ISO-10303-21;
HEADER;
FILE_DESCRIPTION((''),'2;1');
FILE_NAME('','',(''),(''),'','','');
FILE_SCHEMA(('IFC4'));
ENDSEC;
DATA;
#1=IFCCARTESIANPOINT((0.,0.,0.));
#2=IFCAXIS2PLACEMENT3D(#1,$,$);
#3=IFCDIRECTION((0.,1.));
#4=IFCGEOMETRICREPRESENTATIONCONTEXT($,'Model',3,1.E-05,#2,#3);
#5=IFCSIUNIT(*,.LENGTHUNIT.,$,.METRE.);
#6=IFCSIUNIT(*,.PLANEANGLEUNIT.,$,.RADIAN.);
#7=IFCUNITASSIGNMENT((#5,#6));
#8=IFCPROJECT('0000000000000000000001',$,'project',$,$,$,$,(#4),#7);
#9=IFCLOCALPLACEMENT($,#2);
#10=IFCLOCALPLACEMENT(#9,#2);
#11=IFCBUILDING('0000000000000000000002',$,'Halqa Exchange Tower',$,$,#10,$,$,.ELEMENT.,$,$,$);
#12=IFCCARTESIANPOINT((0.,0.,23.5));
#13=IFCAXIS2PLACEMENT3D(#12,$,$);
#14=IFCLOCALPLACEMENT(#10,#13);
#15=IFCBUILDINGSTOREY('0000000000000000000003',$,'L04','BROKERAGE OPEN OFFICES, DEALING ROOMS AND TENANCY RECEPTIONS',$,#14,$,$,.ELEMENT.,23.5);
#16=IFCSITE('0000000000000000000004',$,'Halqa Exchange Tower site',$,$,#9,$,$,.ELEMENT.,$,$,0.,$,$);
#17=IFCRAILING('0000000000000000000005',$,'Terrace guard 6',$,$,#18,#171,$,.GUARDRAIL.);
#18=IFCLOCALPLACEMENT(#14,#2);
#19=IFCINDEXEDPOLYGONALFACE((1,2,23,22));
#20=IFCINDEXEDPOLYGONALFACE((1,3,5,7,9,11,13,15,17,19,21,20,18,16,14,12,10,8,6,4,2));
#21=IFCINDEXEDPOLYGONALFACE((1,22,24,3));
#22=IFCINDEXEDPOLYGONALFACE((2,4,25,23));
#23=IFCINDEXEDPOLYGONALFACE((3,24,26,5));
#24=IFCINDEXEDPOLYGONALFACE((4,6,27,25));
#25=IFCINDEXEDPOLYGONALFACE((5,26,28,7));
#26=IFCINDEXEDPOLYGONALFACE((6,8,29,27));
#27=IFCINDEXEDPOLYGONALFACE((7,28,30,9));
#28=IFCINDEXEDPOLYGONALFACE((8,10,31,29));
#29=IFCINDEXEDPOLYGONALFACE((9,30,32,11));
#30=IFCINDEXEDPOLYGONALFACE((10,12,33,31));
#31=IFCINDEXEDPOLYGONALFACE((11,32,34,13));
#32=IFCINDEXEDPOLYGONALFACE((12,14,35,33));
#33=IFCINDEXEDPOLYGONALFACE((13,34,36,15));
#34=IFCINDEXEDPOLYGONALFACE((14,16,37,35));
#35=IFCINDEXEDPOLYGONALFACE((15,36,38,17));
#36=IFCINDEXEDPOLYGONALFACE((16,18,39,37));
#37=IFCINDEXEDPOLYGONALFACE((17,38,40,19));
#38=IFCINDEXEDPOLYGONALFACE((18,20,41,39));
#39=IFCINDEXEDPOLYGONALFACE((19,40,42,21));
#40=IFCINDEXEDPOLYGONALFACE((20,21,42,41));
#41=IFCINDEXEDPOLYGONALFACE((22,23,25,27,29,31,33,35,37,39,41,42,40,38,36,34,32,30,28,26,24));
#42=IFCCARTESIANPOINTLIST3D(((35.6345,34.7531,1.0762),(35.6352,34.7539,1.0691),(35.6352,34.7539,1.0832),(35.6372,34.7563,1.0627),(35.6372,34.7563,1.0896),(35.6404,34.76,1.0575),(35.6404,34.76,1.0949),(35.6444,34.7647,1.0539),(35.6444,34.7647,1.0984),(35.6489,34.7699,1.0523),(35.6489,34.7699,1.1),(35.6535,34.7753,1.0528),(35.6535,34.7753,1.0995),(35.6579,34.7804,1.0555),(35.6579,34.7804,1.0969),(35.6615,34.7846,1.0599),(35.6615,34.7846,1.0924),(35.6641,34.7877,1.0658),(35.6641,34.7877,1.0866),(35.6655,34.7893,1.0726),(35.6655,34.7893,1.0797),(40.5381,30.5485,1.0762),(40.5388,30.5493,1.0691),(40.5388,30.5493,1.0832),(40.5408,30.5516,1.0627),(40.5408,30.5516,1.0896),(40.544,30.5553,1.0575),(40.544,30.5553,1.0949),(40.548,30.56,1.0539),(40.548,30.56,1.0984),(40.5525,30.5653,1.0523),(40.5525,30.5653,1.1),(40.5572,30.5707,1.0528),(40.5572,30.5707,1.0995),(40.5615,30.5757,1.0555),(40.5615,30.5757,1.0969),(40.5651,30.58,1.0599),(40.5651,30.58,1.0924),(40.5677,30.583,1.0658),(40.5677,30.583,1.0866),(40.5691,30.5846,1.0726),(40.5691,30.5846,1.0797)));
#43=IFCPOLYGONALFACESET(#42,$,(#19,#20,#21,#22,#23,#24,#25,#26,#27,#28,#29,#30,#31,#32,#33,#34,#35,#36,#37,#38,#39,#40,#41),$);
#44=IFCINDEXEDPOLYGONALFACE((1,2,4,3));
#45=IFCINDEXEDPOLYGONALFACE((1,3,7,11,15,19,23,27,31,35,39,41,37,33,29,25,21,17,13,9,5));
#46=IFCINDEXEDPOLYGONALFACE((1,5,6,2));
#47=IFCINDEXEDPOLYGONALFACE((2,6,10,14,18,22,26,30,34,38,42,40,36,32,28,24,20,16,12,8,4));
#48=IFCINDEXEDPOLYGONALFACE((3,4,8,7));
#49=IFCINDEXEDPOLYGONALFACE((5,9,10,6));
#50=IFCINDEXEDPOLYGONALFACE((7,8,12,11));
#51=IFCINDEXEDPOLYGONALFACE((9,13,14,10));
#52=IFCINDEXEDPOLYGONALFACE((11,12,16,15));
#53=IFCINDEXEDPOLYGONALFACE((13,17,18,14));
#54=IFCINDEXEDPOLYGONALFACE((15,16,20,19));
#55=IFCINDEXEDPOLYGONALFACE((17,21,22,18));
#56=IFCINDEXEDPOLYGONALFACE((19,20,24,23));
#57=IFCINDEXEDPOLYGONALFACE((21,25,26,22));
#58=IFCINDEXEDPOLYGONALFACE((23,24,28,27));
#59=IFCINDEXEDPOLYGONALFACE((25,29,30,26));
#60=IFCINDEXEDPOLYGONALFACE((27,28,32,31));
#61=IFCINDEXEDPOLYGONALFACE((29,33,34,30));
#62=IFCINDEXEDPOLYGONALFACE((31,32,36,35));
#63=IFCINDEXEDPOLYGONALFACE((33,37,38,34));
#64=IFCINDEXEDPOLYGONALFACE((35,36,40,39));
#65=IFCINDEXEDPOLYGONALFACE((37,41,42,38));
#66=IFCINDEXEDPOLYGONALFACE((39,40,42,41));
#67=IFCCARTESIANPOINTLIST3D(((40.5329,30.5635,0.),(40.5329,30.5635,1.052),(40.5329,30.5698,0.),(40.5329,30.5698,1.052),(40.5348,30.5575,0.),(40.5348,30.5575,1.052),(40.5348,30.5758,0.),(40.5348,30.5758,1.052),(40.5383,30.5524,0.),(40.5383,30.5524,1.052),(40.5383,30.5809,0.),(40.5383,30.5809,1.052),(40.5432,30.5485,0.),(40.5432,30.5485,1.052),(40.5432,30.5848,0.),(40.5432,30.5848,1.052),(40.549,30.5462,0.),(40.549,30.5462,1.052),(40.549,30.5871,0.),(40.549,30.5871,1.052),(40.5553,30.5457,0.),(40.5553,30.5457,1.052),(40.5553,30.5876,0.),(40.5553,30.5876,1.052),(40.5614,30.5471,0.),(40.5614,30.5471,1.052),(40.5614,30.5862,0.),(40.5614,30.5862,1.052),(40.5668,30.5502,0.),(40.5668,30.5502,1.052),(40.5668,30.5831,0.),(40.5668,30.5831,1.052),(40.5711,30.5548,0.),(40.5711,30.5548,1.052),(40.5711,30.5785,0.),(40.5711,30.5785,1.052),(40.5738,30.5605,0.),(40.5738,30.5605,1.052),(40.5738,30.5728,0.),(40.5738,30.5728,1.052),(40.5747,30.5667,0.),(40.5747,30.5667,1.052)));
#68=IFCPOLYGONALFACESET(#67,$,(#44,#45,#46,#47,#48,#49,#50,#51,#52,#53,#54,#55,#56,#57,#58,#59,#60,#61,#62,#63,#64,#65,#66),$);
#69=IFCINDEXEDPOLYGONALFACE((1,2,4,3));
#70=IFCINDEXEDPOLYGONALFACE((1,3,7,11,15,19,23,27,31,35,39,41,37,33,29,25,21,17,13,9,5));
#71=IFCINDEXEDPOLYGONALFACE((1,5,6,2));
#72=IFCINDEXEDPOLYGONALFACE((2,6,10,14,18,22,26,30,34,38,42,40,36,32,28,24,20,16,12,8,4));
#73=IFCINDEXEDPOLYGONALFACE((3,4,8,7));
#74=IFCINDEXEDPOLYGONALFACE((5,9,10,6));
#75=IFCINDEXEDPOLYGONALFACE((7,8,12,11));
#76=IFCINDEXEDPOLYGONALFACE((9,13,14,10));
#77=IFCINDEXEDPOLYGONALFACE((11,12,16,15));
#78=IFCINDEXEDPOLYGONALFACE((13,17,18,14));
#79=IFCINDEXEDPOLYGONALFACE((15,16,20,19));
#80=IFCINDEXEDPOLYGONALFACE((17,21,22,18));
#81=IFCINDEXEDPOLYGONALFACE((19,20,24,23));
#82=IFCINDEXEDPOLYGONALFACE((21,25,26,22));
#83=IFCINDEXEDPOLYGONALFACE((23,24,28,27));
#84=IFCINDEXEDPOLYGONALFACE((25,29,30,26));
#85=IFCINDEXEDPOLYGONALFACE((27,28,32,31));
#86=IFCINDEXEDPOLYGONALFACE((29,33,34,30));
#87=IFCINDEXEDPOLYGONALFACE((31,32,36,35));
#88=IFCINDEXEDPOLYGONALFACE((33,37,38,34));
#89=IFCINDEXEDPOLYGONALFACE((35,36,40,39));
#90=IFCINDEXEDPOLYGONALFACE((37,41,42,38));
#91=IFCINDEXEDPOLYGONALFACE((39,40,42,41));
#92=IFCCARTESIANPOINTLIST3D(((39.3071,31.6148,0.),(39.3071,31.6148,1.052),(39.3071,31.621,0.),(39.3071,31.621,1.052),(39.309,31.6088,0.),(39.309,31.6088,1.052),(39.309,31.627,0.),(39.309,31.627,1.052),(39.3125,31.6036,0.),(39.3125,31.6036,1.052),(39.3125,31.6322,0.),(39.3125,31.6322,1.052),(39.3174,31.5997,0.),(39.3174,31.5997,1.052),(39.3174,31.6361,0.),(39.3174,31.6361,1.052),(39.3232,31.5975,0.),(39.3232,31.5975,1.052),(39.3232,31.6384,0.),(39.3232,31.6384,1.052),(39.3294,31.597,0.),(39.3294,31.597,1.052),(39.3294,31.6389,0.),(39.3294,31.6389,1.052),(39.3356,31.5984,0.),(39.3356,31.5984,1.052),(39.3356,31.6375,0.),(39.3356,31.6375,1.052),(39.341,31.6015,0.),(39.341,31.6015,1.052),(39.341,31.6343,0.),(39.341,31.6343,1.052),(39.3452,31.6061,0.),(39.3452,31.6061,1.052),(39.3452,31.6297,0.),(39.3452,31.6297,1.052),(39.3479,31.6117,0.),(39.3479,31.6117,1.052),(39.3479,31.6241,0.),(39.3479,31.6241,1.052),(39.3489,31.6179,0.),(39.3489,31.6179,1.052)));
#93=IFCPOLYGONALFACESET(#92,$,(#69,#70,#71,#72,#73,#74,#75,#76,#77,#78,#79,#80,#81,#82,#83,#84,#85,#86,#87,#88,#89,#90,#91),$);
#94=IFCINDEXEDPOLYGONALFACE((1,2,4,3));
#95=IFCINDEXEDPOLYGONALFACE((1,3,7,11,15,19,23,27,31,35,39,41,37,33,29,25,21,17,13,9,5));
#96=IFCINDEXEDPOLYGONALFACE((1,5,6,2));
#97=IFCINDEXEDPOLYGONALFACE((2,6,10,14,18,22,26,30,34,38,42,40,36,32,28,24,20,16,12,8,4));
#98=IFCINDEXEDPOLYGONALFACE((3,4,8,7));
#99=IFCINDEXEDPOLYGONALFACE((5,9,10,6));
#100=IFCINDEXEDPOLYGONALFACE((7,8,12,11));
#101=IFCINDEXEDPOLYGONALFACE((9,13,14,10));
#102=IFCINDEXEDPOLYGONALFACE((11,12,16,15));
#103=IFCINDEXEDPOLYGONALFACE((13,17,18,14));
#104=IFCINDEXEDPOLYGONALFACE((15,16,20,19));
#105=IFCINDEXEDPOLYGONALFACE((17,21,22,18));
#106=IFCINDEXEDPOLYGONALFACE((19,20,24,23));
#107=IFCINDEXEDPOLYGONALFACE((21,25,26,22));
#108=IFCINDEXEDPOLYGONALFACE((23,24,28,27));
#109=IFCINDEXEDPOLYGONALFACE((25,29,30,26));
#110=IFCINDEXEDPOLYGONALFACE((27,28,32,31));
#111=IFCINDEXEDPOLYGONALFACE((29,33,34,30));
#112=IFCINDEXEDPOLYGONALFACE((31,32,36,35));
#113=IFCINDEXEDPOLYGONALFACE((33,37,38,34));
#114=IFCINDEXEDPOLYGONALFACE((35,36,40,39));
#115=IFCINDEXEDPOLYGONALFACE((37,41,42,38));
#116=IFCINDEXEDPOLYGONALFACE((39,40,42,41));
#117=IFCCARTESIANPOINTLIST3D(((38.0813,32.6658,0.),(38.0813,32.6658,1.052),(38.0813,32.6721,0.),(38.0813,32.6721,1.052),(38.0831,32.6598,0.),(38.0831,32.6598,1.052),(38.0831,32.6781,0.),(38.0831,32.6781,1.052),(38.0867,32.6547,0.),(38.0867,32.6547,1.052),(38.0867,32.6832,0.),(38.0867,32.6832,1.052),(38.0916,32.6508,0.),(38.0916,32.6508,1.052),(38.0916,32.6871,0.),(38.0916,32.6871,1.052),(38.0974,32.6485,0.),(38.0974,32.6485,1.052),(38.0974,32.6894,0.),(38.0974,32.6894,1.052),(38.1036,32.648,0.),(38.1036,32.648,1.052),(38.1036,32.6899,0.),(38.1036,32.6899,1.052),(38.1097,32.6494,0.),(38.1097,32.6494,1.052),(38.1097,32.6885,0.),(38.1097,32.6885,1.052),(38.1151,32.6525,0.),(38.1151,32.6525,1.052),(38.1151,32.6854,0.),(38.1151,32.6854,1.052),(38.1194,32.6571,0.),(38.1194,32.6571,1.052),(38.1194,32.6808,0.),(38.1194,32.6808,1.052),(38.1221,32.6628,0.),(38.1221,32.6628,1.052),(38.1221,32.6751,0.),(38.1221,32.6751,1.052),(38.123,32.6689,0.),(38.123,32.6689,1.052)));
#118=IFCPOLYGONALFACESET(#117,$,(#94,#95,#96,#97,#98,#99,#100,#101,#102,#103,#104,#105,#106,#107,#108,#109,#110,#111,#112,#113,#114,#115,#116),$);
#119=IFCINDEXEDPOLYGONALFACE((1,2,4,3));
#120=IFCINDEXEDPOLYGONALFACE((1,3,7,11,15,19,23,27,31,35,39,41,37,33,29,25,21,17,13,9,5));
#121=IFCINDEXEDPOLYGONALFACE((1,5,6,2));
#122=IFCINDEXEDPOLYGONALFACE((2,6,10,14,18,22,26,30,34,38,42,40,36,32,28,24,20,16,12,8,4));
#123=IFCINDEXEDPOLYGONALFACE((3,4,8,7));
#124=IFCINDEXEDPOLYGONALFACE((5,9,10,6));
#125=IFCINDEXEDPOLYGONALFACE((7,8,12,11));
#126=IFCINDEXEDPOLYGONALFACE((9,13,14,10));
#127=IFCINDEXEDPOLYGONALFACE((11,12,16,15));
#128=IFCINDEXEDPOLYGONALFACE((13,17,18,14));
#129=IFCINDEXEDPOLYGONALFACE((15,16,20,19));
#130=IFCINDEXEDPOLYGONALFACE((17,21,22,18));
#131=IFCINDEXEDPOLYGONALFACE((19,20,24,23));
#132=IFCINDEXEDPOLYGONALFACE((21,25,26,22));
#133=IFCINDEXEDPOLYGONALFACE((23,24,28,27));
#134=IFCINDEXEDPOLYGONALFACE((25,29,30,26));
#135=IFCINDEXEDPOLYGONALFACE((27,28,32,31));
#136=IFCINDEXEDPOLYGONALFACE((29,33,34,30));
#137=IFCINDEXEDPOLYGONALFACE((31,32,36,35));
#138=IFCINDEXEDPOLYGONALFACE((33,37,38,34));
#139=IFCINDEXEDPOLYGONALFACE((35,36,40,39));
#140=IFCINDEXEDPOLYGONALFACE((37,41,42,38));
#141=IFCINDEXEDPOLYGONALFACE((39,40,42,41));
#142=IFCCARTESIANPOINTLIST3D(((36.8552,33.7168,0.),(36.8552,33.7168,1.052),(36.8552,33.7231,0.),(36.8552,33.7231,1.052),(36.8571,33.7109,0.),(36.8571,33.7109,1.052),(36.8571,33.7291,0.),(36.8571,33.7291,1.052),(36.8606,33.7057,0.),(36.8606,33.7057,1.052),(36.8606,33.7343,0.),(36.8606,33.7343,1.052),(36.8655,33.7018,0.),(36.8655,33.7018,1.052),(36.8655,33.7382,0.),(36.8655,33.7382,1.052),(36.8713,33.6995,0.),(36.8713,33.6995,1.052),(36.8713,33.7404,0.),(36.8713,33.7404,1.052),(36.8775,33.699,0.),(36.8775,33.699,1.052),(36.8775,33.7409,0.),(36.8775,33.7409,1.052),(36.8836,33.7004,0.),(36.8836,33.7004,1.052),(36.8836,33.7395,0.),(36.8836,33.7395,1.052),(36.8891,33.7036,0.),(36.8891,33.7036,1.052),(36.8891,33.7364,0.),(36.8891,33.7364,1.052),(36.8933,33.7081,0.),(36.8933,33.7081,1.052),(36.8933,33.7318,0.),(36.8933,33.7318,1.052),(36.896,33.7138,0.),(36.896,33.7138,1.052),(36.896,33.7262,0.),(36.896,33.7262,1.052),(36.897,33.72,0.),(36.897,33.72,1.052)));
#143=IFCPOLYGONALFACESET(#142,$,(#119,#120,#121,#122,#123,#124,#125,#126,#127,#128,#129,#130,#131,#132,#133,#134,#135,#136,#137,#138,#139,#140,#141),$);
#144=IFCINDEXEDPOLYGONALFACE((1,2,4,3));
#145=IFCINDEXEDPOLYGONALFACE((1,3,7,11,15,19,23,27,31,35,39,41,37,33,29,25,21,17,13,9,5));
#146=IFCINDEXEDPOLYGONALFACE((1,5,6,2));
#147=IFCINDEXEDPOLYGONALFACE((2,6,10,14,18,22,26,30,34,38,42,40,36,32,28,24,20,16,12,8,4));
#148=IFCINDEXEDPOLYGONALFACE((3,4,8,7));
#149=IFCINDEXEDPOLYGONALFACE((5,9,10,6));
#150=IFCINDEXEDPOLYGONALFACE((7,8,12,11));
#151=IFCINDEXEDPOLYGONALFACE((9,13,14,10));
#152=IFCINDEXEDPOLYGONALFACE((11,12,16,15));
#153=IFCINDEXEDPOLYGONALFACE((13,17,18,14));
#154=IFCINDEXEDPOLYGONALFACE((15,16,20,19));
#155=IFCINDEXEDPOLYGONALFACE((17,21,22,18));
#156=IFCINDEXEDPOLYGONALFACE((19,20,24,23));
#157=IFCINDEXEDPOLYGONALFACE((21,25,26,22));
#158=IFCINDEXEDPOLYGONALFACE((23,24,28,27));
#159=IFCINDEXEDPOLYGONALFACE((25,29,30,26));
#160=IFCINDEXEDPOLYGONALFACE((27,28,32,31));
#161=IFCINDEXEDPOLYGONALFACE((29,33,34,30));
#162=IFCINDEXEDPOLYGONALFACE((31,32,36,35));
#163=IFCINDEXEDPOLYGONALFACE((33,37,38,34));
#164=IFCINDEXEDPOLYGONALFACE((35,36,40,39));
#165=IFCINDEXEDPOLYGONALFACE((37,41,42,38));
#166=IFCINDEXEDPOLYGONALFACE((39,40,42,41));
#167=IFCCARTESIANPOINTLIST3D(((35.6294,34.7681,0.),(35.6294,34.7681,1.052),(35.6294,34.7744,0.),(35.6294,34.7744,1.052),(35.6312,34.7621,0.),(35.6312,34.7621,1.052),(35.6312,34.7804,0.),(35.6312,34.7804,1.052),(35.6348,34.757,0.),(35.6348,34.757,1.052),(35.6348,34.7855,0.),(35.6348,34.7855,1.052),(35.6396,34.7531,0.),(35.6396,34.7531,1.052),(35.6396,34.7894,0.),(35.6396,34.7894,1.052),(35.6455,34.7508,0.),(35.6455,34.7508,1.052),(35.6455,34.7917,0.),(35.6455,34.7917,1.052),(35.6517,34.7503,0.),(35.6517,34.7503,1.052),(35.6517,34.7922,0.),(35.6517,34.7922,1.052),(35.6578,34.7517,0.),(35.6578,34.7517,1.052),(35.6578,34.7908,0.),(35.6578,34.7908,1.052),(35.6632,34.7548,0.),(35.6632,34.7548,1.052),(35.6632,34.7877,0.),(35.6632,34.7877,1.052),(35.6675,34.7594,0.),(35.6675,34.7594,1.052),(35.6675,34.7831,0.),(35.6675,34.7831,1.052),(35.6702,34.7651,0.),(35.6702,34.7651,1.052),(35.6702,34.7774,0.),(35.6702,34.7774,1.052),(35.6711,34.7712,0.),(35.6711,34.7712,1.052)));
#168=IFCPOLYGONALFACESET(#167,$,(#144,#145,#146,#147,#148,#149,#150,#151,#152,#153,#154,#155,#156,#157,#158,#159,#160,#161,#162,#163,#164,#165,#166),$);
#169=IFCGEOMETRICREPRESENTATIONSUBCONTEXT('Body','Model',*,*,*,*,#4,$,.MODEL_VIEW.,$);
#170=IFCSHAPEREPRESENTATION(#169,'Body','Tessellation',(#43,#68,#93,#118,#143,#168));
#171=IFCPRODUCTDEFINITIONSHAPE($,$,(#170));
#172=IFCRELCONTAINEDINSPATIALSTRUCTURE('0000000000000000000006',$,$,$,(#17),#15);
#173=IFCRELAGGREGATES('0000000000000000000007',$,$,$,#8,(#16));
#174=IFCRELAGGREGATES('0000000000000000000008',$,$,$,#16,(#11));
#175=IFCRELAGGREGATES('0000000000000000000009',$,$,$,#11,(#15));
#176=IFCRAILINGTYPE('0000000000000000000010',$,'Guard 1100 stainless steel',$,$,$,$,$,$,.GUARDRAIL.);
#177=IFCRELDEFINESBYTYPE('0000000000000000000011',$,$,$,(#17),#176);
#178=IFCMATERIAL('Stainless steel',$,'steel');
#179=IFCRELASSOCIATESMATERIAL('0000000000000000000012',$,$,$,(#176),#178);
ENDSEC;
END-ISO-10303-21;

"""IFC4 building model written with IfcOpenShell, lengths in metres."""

from ifc_helpers import new_model, si_unit, direction, frame, origin, origin_2d, place, context, subcontext, project, spatial, circle, extrude, material, type_object, element, save


model = new_model("IFC4")

# Units and contexts
model_context = context("Model", 3, precision=1e-05, world=origin(), true_north=direction((0.0, 1.0)))
body_context = subcontext(model_context, "Body", "Model", "MODEL_VIEW")
ifc_project = project(units=[si_unit("LENGTHUNIT", "METRE"), si_unit("PLANEANGLEUNIT", "RADIAN")], contexts=[model_context])

# Site, building, storey
site_placement = place(None, origin())
site = spatial("IfcSite", under=ifc_project, at=site_placement, Name="Halqa Exchange Tower site", CompositionType="ELEMENT", RefElevation=0.0)
building_placement = place(site_placement, origin())
building = spatial("IfcBuilding", under=site, at=building_placement, Name="Halqa Exchange Tower", CompositionType="ELEMENT")
storey_placement = place(building_placement, frame((0.0, 0.0, 23.5)))
storey = spatial("IfcBuildingStorey", under=building, at=storey_placement, Name="L04", Description="BROKERAGE OPEN OFFICES, DEALING ROOMS AND TENANCY RECEPTIONS", CompositionType="ELEMENT", Elevation=23.5)

# Railing
ifc_material_1 = material(Name="Stainless steel", Category="steel")
railing_type = type_object("IfcRailingType", Name="Guard 1100 stainless steel", PredefinedType="GUARDRAIL", material=ifc_material_1)
railing_1_placement = place(storey_placement, frame((40.5537, 30.5667, 0.0)))
element("IfcRailing", 1, at=railing_1_placement, inside=storey, type_object=railing_type, Name="Terrace guard 6", PredefinedType="GUARDRAIL", context=body_context, shape_type="SweptSolid", body=[
    extrude(circle(Radius=0.0239, at=origin_2d()), frame((0.0, 0.0, 1.0762), z_axis=(-0.759139, 0.650928, 0.0), x_axis=(-0.650928, -0.759139, 0.0)), (0.0, 0.0, 1.0), 6.4595),
    extrude(circle(Radius=0.021, at=origin_2d()), origin(), (0.0, 0.0, 1.0), 1.052),
    extrude(circle(Radius=0.021, at=origin_2d()), frame((-1.2258, 1.0513, 0.0)), (0.0, 0.0, 1.0), 1.052),
    extrude(circle(Radius=0.021, at=origin_2d()), frame((-2.4517, 2.1023, 0.0)), (0.0, 0.0, 1.0), 1.052),
    extrude(circle(Radius=0.021, at=origin_2d()), frame((-3.6777, 3.1533, 0.0)), (0.0, 0.0, 1.0), 1.052),
    extrude(circle(Radius=0.021, at=origin_2d()), frame((-4.9036, 4.2046, 0.0)), (0.0, 0.0, 1.0), 1.052),
])

save(model, "model.ifc")
